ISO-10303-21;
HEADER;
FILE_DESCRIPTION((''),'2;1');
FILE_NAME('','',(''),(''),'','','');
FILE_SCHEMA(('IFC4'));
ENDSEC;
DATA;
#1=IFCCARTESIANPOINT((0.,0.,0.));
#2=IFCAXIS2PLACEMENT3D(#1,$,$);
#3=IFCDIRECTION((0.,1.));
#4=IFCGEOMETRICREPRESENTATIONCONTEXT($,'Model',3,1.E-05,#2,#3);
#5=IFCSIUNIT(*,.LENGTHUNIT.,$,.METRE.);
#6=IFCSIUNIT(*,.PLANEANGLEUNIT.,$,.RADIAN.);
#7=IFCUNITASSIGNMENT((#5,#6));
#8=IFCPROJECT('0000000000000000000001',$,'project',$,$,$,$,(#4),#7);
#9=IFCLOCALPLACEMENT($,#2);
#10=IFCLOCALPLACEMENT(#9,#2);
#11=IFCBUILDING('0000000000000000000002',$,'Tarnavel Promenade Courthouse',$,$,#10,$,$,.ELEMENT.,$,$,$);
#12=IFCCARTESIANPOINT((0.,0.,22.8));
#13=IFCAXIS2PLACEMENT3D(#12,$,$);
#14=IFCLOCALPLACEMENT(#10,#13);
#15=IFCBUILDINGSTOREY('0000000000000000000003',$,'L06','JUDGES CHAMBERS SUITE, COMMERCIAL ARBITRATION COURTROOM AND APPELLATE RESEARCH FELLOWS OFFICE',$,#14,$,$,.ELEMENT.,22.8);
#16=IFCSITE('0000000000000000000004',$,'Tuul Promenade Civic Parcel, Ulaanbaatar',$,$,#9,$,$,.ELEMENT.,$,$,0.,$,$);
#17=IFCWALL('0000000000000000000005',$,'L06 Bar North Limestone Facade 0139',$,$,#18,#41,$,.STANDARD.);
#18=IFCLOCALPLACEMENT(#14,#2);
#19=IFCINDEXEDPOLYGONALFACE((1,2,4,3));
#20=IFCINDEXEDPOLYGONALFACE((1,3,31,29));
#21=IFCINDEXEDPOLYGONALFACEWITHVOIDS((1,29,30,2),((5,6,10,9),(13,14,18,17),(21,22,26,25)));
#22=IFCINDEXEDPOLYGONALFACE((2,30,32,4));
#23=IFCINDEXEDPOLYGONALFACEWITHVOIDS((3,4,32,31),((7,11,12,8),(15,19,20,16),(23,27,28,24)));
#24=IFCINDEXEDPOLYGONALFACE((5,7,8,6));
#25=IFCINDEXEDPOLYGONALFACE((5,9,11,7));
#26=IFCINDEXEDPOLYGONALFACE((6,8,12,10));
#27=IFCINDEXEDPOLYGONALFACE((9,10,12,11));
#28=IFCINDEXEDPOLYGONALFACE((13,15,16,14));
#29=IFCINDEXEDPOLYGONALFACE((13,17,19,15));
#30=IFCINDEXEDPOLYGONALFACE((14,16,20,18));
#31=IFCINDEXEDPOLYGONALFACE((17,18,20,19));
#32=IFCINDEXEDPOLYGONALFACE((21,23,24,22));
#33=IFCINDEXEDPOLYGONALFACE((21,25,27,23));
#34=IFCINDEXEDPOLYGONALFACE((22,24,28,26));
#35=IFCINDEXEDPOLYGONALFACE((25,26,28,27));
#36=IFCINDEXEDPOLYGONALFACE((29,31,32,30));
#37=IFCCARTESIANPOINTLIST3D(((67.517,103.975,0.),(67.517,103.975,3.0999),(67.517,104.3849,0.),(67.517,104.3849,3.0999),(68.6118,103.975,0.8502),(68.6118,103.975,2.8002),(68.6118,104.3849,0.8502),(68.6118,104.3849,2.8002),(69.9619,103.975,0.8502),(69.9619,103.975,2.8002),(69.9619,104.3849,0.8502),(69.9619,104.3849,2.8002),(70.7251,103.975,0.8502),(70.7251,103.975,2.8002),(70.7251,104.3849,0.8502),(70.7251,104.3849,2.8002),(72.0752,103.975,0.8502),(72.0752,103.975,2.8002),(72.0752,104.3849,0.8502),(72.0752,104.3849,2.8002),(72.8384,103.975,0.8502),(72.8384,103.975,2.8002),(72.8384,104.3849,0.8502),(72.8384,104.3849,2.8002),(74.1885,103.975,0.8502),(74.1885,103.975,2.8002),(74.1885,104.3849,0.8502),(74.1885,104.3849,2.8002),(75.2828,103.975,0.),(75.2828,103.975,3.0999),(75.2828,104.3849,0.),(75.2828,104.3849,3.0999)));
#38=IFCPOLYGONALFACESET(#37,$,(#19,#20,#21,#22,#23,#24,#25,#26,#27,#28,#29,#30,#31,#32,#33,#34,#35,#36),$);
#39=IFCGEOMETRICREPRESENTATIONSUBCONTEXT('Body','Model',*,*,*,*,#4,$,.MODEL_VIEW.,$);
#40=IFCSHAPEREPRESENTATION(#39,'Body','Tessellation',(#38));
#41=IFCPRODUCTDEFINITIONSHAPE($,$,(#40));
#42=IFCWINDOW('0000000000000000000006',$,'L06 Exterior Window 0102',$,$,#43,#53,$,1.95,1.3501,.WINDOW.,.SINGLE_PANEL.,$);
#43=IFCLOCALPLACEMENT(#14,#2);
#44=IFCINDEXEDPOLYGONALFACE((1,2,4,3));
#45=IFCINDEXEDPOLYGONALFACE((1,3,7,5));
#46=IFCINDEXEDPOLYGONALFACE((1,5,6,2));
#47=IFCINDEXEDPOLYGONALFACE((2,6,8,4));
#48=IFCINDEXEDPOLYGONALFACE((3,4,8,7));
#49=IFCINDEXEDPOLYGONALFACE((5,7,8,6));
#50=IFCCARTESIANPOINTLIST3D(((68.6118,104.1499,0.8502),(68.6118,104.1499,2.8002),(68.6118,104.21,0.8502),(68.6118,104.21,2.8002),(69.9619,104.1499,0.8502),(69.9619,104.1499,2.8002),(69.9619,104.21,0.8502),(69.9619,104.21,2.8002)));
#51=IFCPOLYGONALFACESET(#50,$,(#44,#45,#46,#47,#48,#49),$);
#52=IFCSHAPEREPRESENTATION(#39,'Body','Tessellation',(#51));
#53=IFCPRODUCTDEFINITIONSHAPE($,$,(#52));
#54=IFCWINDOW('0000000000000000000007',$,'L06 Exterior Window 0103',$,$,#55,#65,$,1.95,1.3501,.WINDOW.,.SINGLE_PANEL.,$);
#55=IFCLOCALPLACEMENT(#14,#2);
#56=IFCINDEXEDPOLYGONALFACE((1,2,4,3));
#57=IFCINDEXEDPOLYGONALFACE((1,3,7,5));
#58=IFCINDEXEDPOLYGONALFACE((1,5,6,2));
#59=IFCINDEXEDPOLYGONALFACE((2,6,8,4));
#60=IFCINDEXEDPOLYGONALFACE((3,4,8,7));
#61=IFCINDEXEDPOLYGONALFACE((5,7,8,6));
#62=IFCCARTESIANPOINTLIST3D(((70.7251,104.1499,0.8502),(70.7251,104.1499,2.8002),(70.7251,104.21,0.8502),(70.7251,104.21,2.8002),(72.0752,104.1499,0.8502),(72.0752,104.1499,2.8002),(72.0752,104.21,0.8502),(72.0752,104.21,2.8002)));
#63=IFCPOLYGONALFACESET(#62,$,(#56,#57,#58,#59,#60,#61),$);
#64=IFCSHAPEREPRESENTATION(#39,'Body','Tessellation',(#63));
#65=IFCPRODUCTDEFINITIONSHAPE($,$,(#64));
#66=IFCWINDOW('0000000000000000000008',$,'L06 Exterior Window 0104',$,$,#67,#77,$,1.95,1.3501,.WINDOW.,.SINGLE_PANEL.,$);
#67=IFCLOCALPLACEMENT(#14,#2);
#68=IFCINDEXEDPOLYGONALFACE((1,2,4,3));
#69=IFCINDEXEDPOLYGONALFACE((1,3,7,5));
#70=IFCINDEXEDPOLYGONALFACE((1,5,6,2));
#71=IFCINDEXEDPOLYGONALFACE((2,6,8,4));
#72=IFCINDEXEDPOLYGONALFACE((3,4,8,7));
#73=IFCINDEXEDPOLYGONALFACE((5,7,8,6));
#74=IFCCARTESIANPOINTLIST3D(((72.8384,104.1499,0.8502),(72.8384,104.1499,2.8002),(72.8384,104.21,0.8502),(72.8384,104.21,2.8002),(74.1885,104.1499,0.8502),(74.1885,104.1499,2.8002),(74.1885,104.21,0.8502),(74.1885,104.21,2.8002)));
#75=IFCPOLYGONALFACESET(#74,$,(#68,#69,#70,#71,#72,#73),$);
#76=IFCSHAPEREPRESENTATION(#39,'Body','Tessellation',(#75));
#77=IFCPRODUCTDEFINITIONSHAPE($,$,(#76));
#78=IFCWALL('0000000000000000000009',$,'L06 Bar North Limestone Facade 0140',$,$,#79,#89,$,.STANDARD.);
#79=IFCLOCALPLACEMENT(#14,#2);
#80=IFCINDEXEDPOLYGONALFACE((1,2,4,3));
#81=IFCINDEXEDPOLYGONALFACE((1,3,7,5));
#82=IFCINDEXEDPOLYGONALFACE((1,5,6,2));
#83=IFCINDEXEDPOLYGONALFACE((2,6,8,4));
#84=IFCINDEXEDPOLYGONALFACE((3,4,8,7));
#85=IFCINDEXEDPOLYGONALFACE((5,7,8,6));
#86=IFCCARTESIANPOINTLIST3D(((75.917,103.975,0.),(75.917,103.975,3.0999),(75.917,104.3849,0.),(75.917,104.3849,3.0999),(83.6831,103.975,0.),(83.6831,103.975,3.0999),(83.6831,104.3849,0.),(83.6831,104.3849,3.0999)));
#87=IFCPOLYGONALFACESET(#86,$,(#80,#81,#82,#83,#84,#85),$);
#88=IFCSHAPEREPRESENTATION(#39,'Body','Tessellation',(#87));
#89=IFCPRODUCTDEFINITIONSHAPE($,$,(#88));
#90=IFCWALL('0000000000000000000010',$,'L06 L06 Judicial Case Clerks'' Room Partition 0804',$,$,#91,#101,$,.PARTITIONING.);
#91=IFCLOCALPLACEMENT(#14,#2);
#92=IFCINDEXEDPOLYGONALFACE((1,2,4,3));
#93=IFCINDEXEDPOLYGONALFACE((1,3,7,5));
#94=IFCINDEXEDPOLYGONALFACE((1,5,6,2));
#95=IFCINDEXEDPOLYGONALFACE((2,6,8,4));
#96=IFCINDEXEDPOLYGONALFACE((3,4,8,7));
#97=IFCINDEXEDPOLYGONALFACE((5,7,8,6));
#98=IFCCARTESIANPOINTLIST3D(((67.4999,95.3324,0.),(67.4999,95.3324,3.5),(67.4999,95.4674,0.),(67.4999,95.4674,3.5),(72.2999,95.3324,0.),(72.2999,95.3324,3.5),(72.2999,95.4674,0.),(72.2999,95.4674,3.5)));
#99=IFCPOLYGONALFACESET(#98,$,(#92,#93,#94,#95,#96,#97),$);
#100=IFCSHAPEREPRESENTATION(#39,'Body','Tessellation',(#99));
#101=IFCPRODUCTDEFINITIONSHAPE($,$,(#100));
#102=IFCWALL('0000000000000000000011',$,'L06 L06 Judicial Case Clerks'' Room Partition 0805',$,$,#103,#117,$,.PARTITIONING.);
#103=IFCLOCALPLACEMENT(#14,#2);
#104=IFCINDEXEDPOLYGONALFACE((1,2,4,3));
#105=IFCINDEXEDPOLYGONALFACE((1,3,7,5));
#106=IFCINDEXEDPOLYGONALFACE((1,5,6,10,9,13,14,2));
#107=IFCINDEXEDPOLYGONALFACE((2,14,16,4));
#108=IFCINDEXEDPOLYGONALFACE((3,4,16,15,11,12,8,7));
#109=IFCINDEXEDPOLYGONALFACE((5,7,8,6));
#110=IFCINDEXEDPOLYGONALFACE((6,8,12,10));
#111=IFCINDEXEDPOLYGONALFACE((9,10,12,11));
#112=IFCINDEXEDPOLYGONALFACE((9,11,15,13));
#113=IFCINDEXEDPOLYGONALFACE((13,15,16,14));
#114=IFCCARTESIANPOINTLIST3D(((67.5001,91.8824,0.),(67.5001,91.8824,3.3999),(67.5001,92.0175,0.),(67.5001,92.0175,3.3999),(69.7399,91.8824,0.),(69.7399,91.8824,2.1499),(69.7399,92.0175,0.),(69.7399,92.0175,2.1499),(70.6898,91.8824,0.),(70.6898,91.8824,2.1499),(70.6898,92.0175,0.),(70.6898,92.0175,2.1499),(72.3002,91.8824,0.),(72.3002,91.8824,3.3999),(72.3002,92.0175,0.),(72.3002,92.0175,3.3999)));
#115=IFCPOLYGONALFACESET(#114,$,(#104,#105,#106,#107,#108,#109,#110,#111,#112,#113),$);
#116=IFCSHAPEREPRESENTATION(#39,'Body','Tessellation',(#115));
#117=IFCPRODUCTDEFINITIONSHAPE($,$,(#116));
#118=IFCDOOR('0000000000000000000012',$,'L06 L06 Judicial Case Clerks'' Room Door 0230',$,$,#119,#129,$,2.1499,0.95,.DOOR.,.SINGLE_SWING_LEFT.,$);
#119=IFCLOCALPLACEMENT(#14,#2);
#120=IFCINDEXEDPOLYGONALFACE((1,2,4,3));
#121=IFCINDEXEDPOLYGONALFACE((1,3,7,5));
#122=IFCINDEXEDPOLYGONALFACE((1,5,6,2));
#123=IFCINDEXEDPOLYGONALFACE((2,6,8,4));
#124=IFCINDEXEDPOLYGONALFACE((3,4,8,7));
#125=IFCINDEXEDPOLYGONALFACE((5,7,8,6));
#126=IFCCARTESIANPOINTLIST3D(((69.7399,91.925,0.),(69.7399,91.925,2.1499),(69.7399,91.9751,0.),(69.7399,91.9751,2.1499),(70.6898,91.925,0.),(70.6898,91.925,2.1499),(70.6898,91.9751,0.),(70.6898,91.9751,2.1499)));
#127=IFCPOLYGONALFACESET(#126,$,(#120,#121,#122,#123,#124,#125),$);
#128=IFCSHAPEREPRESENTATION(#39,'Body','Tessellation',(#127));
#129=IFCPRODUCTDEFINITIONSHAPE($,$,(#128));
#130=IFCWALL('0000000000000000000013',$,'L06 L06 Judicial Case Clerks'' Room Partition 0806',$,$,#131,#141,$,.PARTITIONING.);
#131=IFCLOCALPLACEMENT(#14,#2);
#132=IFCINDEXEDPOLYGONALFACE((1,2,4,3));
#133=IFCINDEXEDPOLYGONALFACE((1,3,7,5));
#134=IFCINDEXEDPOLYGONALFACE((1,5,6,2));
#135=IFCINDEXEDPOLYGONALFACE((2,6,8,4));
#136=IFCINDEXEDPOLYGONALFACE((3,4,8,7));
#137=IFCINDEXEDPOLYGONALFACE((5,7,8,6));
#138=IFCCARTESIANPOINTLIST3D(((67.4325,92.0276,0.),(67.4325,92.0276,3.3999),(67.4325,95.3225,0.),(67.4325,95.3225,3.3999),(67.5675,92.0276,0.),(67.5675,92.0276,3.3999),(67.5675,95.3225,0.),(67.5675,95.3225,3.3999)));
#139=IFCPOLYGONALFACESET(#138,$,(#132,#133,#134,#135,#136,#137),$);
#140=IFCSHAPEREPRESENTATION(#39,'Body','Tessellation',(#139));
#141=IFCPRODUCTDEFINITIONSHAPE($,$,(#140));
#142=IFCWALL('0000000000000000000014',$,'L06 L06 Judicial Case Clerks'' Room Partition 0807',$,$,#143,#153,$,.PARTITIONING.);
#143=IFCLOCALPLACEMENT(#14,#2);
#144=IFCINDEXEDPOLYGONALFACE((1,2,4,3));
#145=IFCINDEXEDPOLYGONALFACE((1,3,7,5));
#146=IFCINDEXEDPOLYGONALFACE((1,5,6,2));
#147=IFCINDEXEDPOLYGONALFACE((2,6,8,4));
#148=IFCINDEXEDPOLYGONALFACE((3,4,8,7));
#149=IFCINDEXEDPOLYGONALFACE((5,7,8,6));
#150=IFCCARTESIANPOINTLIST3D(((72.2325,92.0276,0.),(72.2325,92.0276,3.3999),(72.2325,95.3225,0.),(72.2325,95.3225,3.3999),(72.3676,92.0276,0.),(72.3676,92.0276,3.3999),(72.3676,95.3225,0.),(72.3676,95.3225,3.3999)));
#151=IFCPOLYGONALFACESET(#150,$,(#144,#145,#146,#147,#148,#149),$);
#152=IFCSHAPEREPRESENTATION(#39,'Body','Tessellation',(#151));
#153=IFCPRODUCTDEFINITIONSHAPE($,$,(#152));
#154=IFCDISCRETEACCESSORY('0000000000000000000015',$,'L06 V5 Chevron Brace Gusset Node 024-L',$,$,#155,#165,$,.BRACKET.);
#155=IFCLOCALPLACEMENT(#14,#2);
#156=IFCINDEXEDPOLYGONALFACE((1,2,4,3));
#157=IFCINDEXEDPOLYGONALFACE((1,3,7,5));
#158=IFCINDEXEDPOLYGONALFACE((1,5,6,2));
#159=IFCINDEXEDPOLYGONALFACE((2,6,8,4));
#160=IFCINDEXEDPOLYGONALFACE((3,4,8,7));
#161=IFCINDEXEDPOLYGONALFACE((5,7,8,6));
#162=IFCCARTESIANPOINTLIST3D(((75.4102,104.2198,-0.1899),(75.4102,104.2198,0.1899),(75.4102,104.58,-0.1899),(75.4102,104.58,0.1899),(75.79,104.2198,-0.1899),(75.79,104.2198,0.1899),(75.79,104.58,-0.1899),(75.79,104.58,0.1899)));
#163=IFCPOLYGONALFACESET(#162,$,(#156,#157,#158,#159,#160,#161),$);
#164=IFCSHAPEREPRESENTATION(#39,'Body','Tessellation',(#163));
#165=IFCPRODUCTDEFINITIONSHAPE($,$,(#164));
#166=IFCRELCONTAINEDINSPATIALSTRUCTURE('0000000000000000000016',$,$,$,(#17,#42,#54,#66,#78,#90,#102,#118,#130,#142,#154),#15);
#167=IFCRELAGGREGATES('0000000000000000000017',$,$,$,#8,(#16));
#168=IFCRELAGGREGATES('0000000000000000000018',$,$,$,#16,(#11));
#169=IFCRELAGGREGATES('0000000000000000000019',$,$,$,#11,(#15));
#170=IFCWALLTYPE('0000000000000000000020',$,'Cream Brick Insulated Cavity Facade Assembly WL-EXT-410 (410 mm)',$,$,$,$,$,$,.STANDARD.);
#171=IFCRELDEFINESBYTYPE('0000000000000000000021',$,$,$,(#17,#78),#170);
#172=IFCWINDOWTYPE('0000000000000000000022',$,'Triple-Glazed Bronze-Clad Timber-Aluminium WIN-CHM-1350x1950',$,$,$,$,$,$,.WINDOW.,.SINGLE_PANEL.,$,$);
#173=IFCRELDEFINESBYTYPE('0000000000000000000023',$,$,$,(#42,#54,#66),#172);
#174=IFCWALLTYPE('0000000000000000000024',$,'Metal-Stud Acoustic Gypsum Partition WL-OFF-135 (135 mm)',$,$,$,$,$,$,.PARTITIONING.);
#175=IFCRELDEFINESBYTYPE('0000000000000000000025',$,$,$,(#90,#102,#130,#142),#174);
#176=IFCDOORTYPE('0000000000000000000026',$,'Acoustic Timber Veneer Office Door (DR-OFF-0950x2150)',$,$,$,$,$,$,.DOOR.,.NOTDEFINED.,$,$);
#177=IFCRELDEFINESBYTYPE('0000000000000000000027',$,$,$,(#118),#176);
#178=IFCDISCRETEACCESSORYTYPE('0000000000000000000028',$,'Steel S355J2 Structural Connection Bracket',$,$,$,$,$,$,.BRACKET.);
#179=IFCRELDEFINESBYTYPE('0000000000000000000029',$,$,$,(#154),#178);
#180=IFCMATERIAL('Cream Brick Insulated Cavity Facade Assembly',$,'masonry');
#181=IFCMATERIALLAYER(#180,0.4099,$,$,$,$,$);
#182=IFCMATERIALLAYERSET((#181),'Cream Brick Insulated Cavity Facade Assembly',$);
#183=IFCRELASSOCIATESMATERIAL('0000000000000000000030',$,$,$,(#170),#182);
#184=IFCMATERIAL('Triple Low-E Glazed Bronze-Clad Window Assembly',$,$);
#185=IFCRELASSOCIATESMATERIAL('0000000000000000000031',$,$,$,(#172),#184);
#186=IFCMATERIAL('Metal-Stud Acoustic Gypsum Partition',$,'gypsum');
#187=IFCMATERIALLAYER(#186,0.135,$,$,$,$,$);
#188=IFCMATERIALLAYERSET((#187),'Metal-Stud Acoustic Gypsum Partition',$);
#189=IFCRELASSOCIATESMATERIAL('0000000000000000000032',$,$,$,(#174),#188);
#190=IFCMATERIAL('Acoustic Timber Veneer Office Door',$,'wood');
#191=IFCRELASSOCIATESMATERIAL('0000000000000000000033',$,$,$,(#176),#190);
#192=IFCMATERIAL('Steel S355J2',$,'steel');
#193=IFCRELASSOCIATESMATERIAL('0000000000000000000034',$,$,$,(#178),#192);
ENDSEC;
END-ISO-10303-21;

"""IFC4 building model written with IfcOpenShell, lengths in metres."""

from ifc_helpers import new_model, si_unit, direction, frame, frame_2d, origin, origin_2d, place, context, subcontext, project, spatial, rectangle, extrude, material, layer, layer_set, type_object, element, fill, save


model = new_model("IFC4")

# Units and contexts
model_context = context("Model", 3, precision=1e-05, world=origin(), true_north=direction((0.0, 1.0)))
body_context = subcontext(model_context, "Body", "Model", "MODEL_VIEW")
ifc_project = project(units=[si_unit("LENGTHUNIT", "METRE"), si_unit("PLANEANGLEUNIT", "RADIAN")], contexts=[model_context])

# Site, building, storey
site_placement = place(None, origin())
site = spatial("IfcSite", under=ifc_project, at=site_placement, Name="Tuul Promenade Civic Parcel, Ulaanbaatar", CompositionType="ELEMENT", RefElevation=0.0)
building_placement = place(site_placement, origin())
building = spatial("IfcBuilding", under=site, at=building_placement, Name="Tarnavel Promenade Courthouse", CompositionType="ELEMENT")
storey_placement = place(building_placement, frame((0.0, 0.0, 22.8)))
storey = spatial("IfcBuildingStorey", under=building, at=storey_placement, Name="L06", Description="JUDGES CHAMBERS SUITE, COMMERCIAL ARBITRATION COURTROOM AND APPELLATE RESEARCH FELLOWS OFFICE", CompositionType="ELEMENT", Elevation=22.8)

# Shared definitions
ifc_material_1 = material(Name="Steel S355J2", Category="steel")

# Wall, openings, windows
ifc_material_2 = material(Name="Cream Brick Insulated Cavity Facade Assembly", Category="masonry")
ifc_layer_1 = layer(ifc_material_2, 0.4099)
ifc_layer_set_1 = layer_set([ifc_layer_1], Name="Cream Brick Insulated Cavity Facade Assembly")
wall_type_1 = type_object("IfcWallType", Name="Cream Brick Insulated Cavity Facade Assembly WL-EXT-410 (410 mm)", PredefinedType="STANDARD", material=ifc_layer_set_1)
wall_1_placement = place(storey_placement, frame((67.5171, 104.1799, 0.0), z_axis=(0.0, 0.0, 1.0), x_axis=(1.0, 0.0, 0.0)))
wall_1 = element("IfcWall", 1, at=wall_1_placement, inside=storey, type_object=wall_type_1, Name="L06 Bar North Limestone Facade 0139", PredefinedType="STANDARD", context=body_context, shape_type="SweptSolid", body=[
    extrude(rectangle(XDim=7.7659, YDim=0.4099, at=frame_2d((3.8828, 0.0))), origin(), (0.0, 0.0, 1.0), 3.0999),
])
opening_1_placement = place(wall_1_placement, frame((1.0947, 0.0, 0.8501)))
opening_1 = element("IfcOpeningElement", 2, at=opening_1_placement, cuts=wall_1, PredefinedType="OPENING", context=body_context, shape_type="SweptSolid", body=[
    extrude(rectangle(XDim=1.3501, YDim=1.95, at=frame_2d((0.675, 0.9751))), frame((0.0, 0.2148, 0.0), z_axis=(0.0, -1.0, 0.0), x_axis=(1.0, 0.0, 0.0)), (0.0, 0.0, 1.0), 0.4299),
])
opening_2_placement = place(wall_1_placement, frame((3.208, 0.0, 0.8501)))
opening_2 = element("IfcOpeningElement", 3, at=opening_2_placement, cuts=wall_1, PredefinedType="OPENING", context=body_context, shape_type="SweptSolid", body=[
    extrude(rectangle(XDim=1.3501, YDim=1.95, at=frame_2d((0.675, 0.9751))), frame((0.0, 0.2148, 0.0), z_axis=(0.0, -1.0, 0.0), x_axis=(1.0, 0.0, 0.0)), (0.0, 0.0, 1.0), 0.4299),
])
opening_3_placement = place(wall_1_placement, frame((5.3213, 0.0, 0.8501)))
opening_3 = element("IfcOpeningElement", 4, at=opening_3_placement, cuts=wall_1, PredefinedType="OPENING", context=body_context, shape_type="SweptSolid", body=[
    extrude(rectangle(XDim=1.3501, YDim=1.95, at=frame_2d((0.675, 0.9751))), frame((0.0, 0.2148, 0.0), z_axis=(0.0, -1.0, 0.0), x_axis=(1.0, 0.0, 0.0)), (0.0, 0.0, 1.0), 0.4299),
])
ifc_material_3 = material(Name="Triple Low-E Glazed Bronze-Clad Window Assembly")
window_type = type_object("IfcWindowType", Name="Triple-Glazed Bronze-Clad Timber-Aluminium WIN-CHM-1350x1950", PartitioningType="SINGLE_PANEL", PredefinedType="WINDOW", material=ifc_material_3)
window_1_placement = place(opening_1_placement, origin())
window_1 = element("IfcWindow", 5, at=window_1_placement, inside=storey, type_object=window_type, Name="L06 Exterior Window 0102", OverallHeight=1.95, OverallWidth=1.3501, PartitioningType="SINGLE_PANEL", PredefinedType="WINDOW", context=body_context, shape_type="SweptSolid", body=[
    extrude(rectangle(XDim=1.3501, YDim=1.95, at=frame_2d((0.675, 0.9751))), frame((0.0, 0.03, 0.0), z_axis=(0.0, -1.0, 0.0), x_axis=(1.0, 0.0, 0.0)), (0.0, 0.0, 1.0), 0.0601),
])
fill(opening_1, window_1)
window_2_placement = place(opening_2_placement, origin())
window_2 = element("IfcWindow", 6, at=window_2_placement, inside=storey, type_object=window_type, Name="L06 Exterior Window 0103", OverallHeight=1.95, OverallWidth=1.3501, PartitioningType="SINGLE_PANEL", PredefinedType="WINDOW", context=body_context, shape_type="SweptSolid", body=[
    extrude(rectangle(XDim=1.3501, YDim=1.95, at=frame_2d((0.675, 0.9751))), frame((0.0, 0.03, 0.0), z_axis=(0.0, -1.0, 0.0), x_axis=(1.0, 0.0, 0.0)), (0.0, 0.0, 1.0), 0.0601),
])
fill(opening_2, window_2)
window_3_placement = place(opening_3_placement, origin())
window_3 = element("IfcWindow", 7, at=window_3_placement, inside=storey, type_object=window_type, Name="L06 Exterior Window 0104", OverallHeight=1.95, OverallWidth=1.3501, PartitioningType="SINGLE_PANEL", PredefinedType="WINDOW", context=body_context, shape_type="SweptSolid", body=[
    extrude(rectangle(XDim=1.3501, YDim=1.95, at=frame_2d((0.675, 0.9751))), frame((0.0, 0.03, 0.0), z_axis=(0.0, -1.0, 0.0), x_axis=(1.0, 0.0, 0.0)), (0.0, 0.0, 1.0), 0.0601),
])
fill(opening_3, window_3)

# Walls
wall_2_placement = place(storey_placement, frame((75.917, 104.1799, 0.0), z_axis=(0.0, 0.0, 1.0), x_axis=(1.0, 0.0, 0.0)))
element("IfcWall", 8, at=wall_2_placement, inside=storey, type_object=wall_type_1, Name="L06 Bar North Limestone Facade 0140", PredefinedType="STANDARD", context=body_context, shape_type="SweptSolid", body=[
    extrude(rectangle(XDim=7.7661, YDim=0.4099, at=frame_2d((3.8831, 0.0))), origin(), (0.0, 0.0, 1.0), 3.0999),
])
ifc_material_4 = material(Name="Metal-Stud Acoustic Gypsum Partition", Category="gypsum")
ifc_layer_2 = layer(ifc_material_4, 0.135)
ifc_layer_set_2 = layer_set([ifc_layer_2], Name="Metal-Stud Acoustic Gypsum Partition")
wall_type_2 = type_object("IfcWallType", Name="Metal-Stud Acoustic Gypsum Partition WL-OFF-135 (135 mm)", PredefinedType="PARTITIONING", material=ifc_layer_set_2)
wall_3_placement = place(storey_placement, frame((67.5, 95.3999, 0.0), z_axis=(0.0, 0.0, 1.0), x_axis=(1.0, 0.0, 0.0)))
element("IfcWall", 9, at=wall_3_placement, inside=storey, type_object=wall_type_2, Name="L06 L06 Judicial Case Clerks' Room Partition 0804", PredefinedType="PARTITIONING", context=body_context, shape_type="SweptSolid", body=[
    extrude(rectangle(XDim=4.8, YDim=0.135, at=frame_2d((2.3999, 0.0))), origin(), (0.0, 0.0, 1.0), 3.5),
])

# Wall, opening, door
wall_4_placement = place(storey_placement, frame((72.3, 91.95, 0.0), z_axis=(0.0, 0.0, 1.0), x_axis=(-1.0, 0.0, 0.0)))
wall_4 = element("IfcWall", 10, at=wall_4_placement, inside=storey, type_object=wall_type_2, Name="L06 L06 Judicial Case Clerks' Room Partition 0805", PredefinedType="PARTITIONING", context=body_context, shape_type="SweptSolid", body=[
    extrude(rectangle(XDim=4.8, YDim=0.135, at=frame_2d((2.3999, 0.0))), origin(), (0.0, 0.0, 1.0), 3.3999),
])
opening_4_placement = place(wall_4_placement, frame((1.6101, 0.0, 0.0)))
opening_4 = element("IfcOpeningElement", 11, at=opening_4_placement, cuts=wall_4, PredefinedType="OPENING", context=body_context, shape_type="SweptSolid", body=[
    extrude(rectangle(XDim=0.95, YDim=2.1499, at=frame_2d((0.4751, 1.075))), frame((0.0, 0.0774, 0.0), z_axis=(0.0, -1.0, 0.0), x_axis=(1.0, 0.0, 0.0)), (0.0, 0.0, 1.0), 0.155),
])
ifc_material_5 = material(Name="Acoustic Timber Veneer Office Door", Category="wood")
door_type_1 = type_object("IfcDoorType", Name="Acoustic Timber Veneer Office Door (DR-OFF-0950x2150)", OperationType="NOTDEFINED", PredefinedType="DOOR", material=ifc_material_5)
door_1_placement = place(opening_4_placement, origin())
door_1 = element("IfcDoor", 12, at=door_1_placement, inside=storey, type_object=door_type_1, Name="L06 L06 Judicial Case Clerks' Room Door 0230", OperationType="SINGLE_SWING_LEFT", OverallHeight=2.1499, OverallWidth=0.95, PredefinedType="DOOR", context=body_context, shape_type="SweptSolid", body=[
    extrude(rectangle(XDim=0.95, YDim=2.1499, at=frame_2d((0.4751, 1.075))), frame((0.0, 0.0249, 0.0), z_axis=(0.0, -1.0, 0.0), x_axis=(1.0, 0.0, 0.0)), (0.0, 0.0, 1.0), 0.05),
])
fill(opening_4, door_1)

# Walls
for number, where, z_axis, x_axis, name in (
    (13, (67.5, 92.0276, 0.0), (0.0, 0.0, 1.0), (0.0, 1.0, 0.0), "L06 L06 Judicial Case Clerks' Room Partition 0806"),
    (14, (72.3, 95.3225, 0.0), (0.0, 0.0, 1.0), (0.0, -1.0, 0.0), "L06 L06 Judicial Case Clerks' Room Partition 0807"),
):
    element("IfcWall", number, at=place(storey_placement, frame(where, z_axis=z_axis, x_axis=x_axis)), inside=storey, type_object=wall_type_2, Name=name, PredefinedType="PARTITIONING", context=body_context, shape_type="SweptSolid", body=[
        extrude(rectangle(XDim=3.2949, YDim=0.135, at=frame_2d((1.6475, 0.0))), origin(), (0.0, 0.0, 1.0), 3.3999),
    ])

# Discrete accessory
discrete_accessory_type = type_object("IfcDiscreteAccessoryType", Name="Steel S355J2 Structural Connection Bracket", PredefinedType="BRACKET", material=ifc_material_1)
discrete_accessory_placement = place(storey_placement, frame((75.6001, 104.3999, -0.1899), z_axis=(0.0, 0.0, 1.0), x_axis=(1.0, 0.0, 0.0)))
element("IfcDiscreteAccessory", 15, at=discrete_accessory_placement, inside=storey, type_object=discrete_accessory_type, Name="L06 V5 Chevron Brace Gusset Node 024-L", PredefinedType="BRACKET", context=body_context, shape_type="SweptSolid", body=[
    extrude(rectangle(XDim=0.3799, YDim=0.3601, at=origin_2d()), origin(), (0.0, 0.0, 1.0), 0.3799),
])

save(model, "model.ifc")
